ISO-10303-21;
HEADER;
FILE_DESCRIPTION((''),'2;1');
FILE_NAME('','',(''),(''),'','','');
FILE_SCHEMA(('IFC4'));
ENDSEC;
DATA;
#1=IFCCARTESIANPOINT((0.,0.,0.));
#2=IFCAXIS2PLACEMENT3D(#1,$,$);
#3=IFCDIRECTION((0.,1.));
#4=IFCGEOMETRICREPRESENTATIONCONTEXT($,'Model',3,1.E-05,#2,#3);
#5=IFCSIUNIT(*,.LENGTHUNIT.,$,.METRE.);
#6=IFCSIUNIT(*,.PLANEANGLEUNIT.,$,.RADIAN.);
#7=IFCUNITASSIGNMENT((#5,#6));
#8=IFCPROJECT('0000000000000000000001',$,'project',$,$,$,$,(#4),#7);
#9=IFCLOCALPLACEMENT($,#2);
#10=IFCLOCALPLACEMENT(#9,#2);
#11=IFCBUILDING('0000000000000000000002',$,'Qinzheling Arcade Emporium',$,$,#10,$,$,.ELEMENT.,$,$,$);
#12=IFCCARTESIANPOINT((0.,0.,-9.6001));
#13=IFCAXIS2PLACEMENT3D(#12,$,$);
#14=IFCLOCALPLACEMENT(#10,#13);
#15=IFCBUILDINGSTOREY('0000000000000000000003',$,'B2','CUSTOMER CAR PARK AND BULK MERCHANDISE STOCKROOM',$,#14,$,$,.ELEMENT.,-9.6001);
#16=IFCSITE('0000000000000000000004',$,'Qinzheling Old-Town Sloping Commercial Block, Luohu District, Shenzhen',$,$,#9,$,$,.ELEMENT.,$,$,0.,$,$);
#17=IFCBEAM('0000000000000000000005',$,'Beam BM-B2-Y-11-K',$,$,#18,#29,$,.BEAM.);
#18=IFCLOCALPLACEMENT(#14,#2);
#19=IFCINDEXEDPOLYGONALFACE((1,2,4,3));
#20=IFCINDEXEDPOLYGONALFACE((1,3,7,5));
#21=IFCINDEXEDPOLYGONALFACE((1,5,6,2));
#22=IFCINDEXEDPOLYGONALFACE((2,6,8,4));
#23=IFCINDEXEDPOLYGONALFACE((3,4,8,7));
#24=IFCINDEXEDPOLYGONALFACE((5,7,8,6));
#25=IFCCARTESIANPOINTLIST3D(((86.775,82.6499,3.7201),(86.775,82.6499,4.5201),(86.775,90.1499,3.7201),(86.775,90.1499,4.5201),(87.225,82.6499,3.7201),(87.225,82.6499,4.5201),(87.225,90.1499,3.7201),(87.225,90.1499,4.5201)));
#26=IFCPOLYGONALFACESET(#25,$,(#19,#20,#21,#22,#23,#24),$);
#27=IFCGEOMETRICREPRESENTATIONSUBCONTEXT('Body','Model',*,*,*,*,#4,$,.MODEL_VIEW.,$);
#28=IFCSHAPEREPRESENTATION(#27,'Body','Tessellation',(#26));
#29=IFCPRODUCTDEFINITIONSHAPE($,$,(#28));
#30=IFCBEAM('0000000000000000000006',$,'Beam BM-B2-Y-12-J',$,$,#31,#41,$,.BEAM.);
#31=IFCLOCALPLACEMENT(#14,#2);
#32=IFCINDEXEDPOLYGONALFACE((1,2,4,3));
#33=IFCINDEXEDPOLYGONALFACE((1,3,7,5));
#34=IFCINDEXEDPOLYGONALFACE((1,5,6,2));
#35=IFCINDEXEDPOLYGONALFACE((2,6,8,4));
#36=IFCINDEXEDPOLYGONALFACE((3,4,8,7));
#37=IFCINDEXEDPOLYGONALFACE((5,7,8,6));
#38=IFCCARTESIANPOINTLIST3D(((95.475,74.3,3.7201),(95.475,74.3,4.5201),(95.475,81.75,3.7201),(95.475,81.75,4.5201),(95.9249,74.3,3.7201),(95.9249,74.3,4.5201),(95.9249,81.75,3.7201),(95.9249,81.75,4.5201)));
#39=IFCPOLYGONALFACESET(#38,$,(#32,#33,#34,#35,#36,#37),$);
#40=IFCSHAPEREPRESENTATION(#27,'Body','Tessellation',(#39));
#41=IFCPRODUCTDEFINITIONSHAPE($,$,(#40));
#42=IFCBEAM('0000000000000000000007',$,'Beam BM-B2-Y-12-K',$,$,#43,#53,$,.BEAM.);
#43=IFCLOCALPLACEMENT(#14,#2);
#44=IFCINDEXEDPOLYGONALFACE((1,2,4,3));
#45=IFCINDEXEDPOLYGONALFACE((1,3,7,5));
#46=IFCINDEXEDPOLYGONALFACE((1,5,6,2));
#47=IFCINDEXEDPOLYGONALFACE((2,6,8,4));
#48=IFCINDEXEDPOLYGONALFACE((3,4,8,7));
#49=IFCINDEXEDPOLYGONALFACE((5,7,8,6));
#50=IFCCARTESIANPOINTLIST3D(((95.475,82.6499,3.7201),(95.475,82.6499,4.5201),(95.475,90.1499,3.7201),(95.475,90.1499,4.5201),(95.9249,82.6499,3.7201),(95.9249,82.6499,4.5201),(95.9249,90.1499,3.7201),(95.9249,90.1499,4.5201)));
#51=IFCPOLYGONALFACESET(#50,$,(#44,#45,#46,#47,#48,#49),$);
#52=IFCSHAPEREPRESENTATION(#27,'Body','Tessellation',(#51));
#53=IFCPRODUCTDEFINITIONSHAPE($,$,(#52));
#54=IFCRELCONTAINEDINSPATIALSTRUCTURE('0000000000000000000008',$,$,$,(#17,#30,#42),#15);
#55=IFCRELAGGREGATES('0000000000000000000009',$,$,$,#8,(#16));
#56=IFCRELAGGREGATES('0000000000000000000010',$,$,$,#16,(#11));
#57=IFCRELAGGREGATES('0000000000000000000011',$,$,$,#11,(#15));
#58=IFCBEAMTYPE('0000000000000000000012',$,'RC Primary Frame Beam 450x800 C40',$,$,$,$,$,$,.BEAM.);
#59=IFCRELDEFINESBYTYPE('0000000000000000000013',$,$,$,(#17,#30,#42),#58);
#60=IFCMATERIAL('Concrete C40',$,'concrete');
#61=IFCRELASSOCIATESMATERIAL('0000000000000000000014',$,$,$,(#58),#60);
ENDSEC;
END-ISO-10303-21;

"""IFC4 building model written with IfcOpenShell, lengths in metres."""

from ifc_helpers import new_model, si_unit, direction, frame, origin, origin_2d, place, context, subcontext, project, spatial, rectangle, extrude, material, material_profile, profile_set, type_object, element, save


model = new_model("IFC4")

# Units and contexts
model_context = context("Model", 3, precision=1e-05, world=origin(), true_north=direction((0.0, 1.0)))
body_context = subcontext(model_context, "Body", "Model", "MODEL_VIEW")
ifc_project = project(units=[si_unit("LENGTHUNIT", "METRE"), si_unit("PLANEANGLEUNIT", "RADIAN")], contexts=[model_context])

# Site, building, storey
site_placement = place(None, origin())
site = spatial("IfcSite", under=ifc_project, at=site_placement, Name="Qinzheling Old-Town Sloping Commercial Block, Luohu District, Shenzhen", CompositionType="ELEMENT", RefElevation=0.0)
building_placement = place(site_placement, origin())
building = spatial("IfcBuilding", under=site, at=building_placement, Name="Qinzheling Arcade Emporium", CompositionType="ELEMENT")
storey_placement = place(building_placement, frame((0.0, 0.0, -9.6001)))
storey = spatial("IfcBuildingStorey", under=building, at=storey_placement, Name="B2", Description="CUSTOMER CAR PARK AND BULK MERCHANDISE STOCKROOM", CompositionType="ELEMENT", Elevation=-9.6001)

# Shared definitions
ifc_material_1 = material(Name="Concrete C40", Category="concrete")

# Beams
ifc_material_profile_1 = material_profile(ifc_material_1, rectangle(XDim=0.45, YDim=0.8, at=origin_2d()), Name="RC 450x800", Category="concrete")
ifc_profile_set_1 = profile_set([ifc_material_profile_1], Name="Concrete C40")
beam_type = type_object("IfcBeamType", Name="RC Primary Frame Beam 450x800 C40", PredefinedType="BEAM", material=ifc_profile_set_1)
beam_1_placement = place(storey_placement, frame((87.0, 82.6499, 4.1201), z_axis=(0.0, 1.0, 0.0), x_axis=(-1.0, 0.0, 0.0)))
element("IfcBeam", 1, at=beam_1_placement, inside=storey, type_object=beam_type, Name="Beam BM-B2-Y-11-K", PredefinedType="BEAM", context=body_context, shape_type="SweptSolid", body=[
    extrude(rectangle(XDim=0.45, YDim=0.8, at=origin_2d()), origin(), (0.0, 0.0, 1.0), 7.5),
])
beam_2_placement = place(storey_placement, frame((95.7, 74.3, 4.1201), z_axis=(0.0, 1.0, 0.0), x_axis=(-1.0, 0.0, 0.0)))
element("IfcBeam", 2, at=beam_2_placement, inside=storey, type_object=beam_type, Name="Beam BM-B2-Y-12-J", PredefinedType="BEAM", context=body_context, shape_type="SweptSolid", body=[
    extrude(rectangle(XDim=0.45, YDim=0.8, at=origin_2d()), origin(), (0.0, 0.0, 1.0), 7.45),
])
beam_3_placement = place(storey_placement, frame((95.7, 82.6499, 4.1201), z_axis=(0.0, 1.0, 0.0), x_axis=(-1.0, 0.0, 0.0)))
element("IfcBeam", 3, at=beam_3_placement, inside=storey, type_object=beam_type, Name="Beam BM-B2-Y-12-K", PredefinedType="BEAM", context=body_context, shape_type="SweptSolid", body=[
    extrude(rectangle(XDim=0.45, YDim=0.8, at=origin_2d()), origin(), (0.0, 0.0, 1.0), 7.5),
])

save(model, "model.ifc")
